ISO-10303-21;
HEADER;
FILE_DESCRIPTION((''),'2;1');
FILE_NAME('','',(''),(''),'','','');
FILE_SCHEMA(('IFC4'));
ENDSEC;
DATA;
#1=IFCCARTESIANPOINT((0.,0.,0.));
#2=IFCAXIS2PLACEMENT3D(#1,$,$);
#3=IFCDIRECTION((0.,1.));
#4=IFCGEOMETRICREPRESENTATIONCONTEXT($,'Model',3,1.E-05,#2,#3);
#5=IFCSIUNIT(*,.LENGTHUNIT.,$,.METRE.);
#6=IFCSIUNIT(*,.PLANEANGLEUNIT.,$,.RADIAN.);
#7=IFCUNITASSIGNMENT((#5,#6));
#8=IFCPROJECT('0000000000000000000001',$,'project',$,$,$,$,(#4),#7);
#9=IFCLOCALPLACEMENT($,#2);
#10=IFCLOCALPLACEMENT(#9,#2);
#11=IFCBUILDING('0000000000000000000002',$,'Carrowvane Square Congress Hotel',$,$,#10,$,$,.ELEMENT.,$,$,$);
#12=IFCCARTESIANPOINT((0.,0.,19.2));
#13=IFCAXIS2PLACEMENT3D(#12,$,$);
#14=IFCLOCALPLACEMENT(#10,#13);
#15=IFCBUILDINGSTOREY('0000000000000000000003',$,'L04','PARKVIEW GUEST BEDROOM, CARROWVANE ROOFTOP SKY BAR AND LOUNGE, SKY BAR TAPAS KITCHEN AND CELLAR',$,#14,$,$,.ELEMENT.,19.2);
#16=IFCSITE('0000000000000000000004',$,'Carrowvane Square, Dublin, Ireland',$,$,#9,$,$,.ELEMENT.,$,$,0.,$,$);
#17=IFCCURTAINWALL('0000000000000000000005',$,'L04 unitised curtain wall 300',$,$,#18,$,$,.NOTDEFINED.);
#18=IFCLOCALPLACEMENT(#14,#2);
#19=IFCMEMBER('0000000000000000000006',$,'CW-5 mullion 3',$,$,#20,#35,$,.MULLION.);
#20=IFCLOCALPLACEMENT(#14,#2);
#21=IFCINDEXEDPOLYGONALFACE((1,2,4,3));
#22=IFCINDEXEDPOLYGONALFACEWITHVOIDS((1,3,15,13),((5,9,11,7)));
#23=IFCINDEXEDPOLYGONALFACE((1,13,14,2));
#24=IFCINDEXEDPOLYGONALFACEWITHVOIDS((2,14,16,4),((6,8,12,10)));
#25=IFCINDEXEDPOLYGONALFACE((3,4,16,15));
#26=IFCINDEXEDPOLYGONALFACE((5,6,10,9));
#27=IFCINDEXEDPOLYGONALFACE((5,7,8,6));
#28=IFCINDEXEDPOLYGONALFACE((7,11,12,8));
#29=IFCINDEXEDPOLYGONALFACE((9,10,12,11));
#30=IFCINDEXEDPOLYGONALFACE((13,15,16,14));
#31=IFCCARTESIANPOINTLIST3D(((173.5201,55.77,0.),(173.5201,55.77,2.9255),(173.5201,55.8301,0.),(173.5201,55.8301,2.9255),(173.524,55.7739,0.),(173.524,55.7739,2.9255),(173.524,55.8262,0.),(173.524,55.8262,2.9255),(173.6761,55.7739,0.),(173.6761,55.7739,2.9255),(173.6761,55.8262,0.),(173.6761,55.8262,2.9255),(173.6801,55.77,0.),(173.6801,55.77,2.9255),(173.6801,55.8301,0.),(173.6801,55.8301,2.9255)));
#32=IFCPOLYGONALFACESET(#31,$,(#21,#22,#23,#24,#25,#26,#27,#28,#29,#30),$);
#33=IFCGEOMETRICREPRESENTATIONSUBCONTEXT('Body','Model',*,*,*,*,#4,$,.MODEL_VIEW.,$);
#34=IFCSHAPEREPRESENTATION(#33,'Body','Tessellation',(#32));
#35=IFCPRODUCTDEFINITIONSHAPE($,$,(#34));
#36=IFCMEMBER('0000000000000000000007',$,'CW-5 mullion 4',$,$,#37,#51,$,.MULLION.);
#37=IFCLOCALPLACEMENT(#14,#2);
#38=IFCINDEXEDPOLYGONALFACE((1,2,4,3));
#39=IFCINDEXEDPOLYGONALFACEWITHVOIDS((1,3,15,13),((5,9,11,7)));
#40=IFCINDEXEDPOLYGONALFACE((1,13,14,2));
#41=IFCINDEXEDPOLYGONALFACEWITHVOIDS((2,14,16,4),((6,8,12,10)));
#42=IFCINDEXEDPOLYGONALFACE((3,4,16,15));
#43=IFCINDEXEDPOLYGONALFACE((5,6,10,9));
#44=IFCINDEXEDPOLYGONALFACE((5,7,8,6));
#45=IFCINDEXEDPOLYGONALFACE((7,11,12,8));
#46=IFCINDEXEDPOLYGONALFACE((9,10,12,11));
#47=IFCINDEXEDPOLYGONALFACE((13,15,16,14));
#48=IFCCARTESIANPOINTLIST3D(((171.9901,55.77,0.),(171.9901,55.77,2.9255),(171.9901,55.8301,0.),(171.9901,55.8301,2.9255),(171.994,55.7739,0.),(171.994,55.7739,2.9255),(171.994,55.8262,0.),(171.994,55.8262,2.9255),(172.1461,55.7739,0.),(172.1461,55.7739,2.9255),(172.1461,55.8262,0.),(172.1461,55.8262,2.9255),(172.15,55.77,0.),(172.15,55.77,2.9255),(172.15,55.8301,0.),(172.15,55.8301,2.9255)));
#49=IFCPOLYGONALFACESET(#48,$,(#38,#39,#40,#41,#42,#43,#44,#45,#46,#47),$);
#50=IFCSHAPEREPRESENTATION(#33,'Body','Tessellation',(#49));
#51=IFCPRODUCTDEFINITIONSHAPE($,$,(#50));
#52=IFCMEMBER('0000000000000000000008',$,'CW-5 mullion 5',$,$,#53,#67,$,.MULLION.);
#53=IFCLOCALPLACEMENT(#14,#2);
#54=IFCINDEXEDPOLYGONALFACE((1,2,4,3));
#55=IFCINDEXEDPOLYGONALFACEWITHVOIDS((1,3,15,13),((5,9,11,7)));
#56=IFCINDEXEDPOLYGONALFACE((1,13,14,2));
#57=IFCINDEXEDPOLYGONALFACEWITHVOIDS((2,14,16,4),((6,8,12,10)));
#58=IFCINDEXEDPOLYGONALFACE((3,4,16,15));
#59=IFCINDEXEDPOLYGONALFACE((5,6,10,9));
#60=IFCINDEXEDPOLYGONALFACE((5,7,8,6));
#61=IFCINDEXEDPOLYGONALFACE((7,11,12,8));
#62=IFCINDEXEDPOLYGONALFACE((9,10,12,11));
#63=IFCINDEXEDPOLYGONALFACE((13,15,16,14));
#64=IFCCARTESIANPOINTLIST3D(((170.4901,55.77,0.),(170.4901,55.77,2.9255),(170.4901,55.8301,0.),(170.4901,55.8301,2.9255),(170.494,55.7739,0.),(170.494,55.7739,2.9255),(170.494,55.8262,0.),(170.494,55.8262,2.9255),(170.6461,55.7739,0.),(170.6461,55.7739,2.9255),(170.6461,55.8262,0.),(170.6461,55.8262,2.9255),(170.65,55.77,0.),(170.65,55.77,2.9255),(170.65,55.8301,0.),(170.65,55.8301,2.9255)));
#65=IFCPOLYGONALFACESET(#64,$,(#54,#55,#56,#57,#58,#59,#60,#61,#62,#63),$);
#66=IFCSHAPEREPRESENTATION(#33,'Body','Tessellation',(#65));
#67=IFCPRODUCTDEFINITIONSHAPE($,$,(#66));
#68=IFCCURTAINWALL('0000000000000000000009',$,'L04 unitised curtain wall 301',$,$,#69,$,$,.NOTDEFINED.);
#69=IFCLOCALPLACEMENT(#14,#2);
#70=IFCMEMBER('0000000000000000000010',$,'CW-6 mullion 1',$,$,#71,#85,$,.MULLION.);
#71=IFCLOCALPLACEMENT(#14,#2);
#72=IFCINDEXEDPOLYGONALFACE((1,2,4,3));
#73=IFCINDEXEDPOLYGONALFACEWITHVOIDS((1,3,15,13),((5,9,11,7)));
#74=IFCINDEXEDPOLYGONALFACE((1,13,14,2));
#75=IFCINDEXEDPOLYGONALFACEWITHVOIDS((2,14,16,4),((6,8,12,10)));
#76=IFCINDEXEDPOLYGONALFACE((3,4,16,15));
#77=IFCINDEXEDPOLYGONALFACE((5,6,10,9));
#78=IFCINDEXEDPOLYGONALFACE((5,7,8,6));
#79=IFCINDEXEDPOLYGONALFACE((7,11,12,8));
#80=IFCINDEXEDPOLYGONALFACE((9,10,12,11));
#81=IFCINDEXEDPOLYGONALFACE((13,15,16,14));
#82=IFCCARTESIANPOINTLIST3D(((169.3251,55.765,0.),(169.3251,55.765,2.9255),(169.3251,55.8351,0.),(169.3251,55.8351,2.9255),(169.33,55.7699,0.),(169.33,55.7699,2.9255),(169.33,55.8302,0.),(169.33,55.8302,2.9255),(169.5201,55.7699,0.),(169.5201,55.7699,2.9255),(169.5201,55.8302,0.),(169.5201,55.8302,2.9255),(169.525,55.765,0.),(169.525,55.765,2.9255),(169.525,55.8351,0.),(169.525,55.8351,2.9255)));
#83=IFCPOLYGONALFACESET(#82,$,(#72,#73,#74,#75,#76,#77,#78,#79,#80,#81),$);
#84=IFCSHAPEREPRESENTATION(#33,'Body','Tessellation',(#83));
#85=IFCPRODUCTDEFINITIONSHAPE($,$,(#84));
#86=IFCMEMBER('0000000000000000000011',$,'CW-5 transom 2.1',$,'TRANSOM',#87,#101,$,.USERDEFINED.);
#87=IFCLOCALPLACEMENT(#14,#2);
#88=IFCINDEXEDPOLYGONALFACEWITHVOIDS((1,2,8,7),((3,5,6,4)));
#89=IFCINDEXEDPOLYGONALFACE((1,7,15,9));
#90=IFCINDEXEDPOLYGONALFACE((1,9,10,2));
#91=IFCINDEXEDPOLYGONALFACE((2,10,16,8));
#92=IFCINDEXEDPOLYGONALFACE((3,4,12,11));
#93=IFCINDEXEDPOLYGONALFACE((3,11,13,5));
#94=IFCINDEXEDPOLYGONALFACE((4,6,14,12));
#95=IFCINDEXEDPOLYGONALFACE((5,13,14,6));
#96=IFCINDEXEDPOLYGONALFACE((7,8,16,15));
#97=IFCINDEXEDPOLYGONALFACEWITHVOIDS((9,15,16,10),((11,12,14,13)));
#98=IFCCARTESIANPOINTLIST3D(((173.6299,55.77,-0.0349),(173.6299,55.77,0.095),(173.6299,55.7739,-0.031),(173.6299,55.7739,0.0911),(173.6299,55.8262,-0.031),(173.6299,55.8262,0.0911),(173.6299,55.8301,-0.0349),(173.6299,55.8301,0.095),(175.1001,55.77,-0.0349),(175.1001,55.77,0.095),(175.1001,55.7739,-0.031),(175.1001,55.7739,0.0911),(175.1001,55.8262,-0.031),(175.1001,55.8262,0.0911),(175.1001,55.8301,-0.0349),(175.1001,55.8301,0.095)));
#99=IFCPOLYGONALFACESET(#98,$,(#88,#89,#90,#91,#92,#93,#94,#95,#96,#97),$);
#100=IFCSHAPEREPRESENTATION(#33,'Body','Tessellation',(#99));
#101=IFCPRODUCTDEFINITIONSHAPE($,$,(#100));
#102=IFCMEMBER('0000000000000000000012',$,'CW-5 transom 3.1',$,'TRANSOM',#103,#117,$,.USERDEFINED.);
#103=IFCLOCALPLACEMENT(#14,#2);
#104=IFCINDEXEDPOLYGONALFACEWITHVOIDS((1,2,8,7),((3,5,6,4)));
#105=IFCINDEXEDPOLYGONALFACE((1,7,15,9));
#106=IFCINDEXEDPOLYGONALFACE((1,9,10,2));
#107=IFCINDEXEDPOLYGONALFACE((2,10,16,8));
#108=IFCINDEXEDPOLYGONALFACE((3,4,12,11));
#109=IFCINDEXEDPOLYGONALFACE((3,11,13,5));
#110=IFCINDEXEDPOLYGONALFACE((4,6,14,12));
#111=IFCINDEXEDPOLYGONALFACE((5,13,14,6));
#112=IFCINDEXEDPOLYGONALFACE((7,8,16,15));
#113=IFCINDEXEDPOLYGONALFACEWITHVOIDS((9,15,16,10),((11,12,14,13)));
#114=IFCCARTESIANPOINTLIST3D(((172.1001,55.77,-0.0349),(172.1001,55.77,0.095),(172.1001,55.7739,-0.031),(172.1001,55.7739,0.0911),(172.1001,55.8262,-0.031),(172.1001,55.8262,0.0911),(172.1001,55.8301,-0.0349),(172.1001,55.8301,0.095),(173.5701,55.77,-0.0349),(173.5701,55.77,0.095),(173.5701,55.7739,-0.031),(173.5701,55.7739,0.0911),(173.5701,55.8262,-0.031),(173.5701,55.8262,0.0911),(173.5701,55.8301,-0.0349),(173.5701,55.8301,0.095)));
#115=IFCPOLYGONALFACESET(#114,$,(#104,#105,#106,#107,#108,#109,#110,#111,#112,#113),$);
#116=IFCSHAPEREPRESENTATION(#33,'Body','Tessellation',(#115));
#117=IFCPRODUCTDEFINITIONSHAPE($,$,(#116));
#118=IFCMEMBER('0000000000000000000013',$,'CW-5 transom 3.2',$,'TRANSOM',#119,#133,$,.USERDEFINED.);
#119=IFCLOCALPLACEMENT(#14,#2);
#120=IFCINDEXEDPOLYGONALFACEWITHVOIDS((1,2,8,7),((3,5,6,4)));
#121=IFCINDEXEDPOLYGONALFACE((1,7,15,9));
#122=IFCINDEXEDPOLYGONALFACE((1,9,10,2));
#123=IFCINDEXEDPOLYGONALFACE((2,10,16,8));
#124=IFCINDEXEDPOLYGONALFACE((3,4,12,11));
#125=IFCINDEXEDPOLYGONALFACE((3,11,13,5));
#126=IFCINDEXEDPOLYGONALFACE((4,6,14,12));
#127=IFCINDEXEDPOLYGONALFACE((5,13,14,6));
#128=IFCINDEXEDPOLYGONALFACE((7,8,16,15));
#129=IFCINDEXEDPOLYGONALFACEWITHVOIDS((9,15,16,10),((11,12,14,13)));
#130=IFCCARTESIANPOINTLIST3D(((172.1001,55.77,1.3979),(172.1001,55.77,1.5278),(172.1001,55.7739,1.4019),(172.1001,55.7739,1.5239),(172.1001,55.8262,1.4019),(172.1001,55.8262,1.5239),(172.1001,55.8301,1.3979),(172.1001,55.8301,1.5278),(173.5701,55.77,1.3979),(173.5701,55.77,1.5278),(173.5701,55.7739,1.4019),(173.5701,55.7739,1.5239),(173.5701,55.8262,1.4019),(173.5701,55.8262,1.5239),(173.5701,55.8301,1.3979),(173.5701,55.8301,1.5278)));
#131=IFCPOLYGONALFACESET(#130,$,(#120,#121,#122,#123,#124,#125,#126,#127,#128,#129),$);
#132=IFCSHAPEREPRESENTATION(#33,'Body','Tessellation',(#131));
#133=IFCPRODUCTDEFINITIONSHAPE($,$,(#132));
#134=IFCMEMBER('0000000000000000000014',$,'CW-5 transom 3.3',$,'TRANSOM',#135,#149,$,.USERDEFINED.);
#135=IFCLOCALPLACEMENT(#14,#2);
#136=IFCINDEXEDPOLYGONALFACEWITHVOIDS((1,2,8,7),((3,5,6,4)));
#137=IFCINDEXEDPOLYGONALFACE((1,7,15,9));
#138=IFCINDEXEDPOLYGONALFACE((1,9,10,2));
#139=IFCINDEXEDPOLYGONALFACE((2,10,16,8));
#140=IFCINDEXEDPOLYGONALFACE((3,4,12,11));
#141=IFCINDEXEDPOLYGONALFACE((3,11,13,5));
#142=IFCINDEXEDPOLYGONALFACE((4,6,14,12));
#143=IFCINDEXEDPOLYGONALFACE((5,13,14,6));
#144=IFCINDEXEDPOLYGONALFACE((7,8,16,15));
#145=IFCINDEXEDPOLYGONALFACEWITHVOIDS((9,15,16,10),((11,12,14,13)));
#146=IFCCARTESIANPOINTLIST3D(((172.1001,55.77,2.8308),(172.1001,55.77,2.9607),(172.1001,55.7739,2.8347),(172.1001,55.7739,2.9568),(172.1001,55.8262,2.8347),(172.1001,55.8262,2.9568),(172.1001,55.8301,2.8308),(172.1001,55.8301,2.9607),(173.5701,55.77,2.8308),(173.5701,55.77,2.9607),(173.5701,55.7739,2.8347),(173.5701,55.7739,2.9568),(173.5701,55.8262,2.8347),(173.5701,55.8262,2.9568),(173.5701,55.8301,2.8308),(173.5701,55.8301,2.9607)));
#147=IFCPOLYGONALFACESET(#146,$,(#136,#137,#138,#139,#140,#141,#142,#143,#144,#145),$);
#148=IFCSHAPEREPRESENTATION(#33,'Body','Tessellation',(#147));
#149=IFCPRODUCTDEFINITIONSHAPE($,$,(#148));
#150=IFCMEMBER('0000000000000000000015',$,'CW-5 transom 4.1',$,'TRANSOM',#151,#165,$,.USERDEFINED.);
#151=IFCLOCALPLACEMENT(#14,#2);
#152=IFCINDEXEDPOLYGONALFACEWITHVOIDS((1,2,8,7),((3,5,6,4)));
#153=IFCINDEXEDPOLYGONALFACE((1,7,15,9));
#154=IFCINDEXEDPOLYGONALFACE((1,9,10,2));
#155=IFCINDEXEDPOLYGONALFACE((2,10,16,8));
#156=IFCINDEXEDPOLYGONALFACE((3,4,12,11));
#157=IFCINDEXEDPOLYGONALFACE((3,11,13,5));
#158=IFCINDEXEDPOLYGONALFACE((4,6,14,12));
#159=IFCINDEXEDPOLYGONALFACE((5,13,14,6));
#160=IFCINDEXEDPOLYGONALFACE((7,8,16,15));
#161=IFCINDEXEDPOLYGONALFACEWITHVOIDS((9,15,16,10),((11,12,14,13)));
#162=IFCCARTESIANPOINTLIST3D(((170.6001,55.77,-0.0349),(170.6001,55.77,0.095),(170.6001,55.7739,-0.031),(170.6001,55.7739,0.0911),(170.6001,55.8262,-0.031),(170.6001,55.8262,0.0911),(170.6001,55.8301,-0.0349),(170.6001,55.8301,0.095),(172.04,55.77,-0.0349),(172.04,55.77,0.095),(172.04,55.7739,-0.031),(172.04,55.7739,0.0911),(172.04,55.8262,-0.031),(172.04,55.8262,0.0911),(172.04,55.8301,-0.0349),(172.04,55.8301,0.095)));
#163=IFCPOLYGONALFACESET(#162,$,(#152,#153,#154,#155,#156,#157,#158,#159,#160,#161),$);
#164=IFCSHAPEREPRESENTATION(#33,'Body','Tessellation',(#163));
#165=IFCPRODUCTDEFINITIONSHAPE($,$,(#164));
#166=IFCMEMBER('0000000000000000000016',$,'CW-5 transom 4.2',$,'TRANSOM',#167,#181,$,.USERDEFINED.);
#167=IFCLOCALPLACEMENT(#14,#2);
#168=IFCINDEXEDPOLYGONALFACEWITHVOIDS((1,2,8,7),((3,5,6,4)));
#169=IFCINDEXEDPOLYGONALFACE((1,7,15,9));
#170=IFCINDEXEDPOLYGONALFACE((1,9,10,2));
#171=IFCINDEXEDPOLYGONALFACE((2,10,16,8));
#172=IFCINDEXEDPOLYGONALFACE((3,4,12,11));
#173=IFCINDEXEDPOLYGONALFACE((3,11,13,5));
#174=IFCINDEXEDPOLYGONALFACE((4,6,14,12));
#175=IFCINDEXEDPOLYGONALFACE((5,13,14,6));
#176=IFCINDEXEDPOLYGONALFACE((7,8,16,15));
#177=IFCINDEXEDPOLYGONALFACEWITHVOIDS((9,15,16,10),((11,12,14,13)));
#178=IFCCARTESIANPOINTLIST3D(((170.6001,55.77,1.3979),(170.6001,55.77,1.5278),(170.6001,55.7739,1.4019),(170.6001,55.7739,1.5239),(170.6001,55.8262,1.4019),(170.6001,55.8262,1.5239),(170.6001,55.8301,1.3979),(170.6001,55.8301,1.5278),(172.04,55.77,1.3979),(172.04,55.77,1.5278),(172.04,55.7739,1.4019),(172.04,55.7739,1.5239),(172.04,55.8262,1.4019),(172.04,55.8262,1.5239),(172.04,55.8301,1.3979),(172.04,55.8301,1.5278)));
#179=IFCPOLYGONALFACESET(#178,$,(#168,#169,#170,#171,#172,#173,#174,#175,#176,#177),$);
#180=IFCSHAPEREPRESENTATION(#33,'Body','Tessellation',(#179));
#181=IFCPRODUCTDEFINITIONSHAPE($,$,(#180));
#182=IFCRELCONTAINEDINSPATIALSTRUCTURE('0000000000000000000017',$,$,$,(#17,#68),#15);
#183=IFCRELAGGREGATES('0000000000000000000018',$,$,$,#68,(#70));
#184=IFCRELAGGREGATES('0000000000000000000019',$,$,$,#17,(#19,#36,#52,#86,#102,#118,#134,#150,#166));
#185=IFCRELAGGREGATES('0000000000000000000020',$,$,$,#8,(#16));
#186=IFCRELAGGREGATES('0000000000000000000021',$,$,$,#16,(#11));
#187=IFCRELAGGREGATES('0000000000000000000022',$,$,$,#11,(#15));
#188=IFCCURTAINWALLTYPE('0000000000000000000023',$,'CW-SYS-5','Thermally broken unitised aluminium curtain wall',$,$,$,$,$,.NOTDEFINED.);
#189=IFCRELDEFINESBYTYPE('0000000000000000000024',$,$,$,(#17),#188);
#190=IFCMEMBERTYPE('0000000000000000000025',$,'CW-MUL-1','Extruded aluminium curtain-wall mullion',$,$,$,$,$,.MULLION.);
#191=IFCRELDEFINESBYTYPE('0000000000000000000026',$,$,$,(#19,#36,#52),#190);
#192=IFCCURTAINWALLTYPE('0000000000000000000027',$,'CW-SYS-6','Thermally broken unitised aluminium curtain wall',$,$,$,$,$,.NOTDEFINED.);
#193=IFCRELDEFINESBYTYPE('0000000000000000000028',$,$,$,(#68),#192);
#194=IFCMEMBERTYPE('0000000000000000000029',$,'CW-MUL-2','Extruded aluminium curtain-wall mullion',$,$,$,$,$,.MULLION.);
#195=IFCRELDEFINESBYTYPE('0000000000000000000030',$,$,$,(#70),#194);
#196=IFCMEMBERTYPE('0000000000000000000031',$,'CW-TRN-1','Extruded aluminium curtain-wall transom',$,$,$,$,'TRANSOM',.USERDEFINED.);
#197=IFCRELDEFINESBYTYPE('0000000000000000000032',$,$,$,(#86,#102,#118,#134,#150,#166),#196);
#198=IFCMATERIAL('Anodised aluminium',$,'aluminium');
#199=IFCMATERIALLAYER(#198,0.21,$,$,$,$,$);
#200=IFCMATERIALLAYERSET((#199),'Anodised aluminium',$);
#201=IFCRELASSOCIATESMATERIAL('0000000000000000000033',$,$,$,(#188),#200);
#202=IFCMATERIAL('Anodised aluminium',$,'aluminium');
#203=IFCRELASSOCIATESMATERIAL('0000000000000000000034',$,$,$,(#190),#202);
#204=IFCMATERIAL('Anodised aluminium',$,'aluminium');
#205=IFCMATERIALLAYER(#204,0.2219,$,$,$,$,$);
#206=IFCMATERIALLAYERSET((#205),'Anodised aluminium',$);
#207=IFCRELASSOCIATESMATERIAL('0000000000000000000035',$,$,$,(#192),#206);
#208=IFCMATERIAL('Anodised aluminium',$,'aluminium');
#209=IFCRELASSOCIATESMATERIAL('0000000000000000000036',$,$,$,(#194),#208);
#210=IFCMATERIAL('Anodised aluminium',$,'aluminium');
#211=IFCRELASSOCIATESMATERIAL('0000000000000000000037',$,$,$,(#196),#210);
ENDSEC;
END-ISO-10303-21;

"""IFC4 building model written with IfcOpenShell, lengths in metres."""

from ifc_helpers import new_model, si_unit, direction, frame, origin, origin_2d, place, context, subcontext, project, spatial, hollow_rectangle, extrude, material, layer, layer_set, material_profile, profile_set, type_object, element, aggregate, save


model = new_model("IFC4")

# Units and contexts
model_context = context("Model", 3, precision=1e-05, world=origin(), true_north=direction((0.0, 1.0)))
body_context = subcontext(model_context, "Body", "Model", "MODEL_VIEW")
ifc_project = project(units=[si_unit("LENGTHUNIT", "METRE"), si_unit("PLANEANGLEUNIT", "RADIAN")], contexts=[model_context])

# Site, building, storey
site_placement = place(None, origin())
site = spatial("IfcSite", under=ifc_project, at=site_placement, Name="Carrowvane Square, Dublin, Ireland", CompositionType="ELEMENT", RefElevation=0.0)
building_placement = place(site_placement, origin())
building = spatial("IfcBuilding", under=site, at=building_placement, Name="Carrowvane Square Congress Hotel", CompositionType="ELEMENT")
storey_placement = place(building_placement, frame((0.0, 0.0, 19.2)))
storey = spatial("IfcBuildingStorey", under=building, at=storey_placement, Name="L04", Description="PARKVIEW GUEST BEDROOM, CARROWVANE ROOFTOP SKY BAR AND LOUNGE, SKY BAR TAPAS KITCHEN AND CELLAR", CompositionType="ELEMENT", Elevation=19.2)

# Curtain wall, members
ifc_material_1 = material(Name="Anodised aluminium", Category="aluminium")
ifc_layer_1 = layer(ifc_material_1, 0.21)
ifc_layer_set_1 = layer_set([ifc_layer_1], Name="Anodised aluminium")
curtain_wall_type_1 = type_object("IfcCurtainWallType", Name="CW-SYS-5", Description="Thermally broken unitised aluminium curtain wall", PredefinedType="NOTDEFINED", material=ifc_layer_set_1)
curtain_wall_1_placement = place(storey_placement, origin())
curtain_wall_1 = element("IfcCurtainWall", 1, at=curtain_wall_1_placement, inside=storey, type_object=curtain_wall_type_1, Name="L04 unitised curtain wall 300", PredefinedType="NOTDEFINED")
ifc_material_2 = material(Name="Anodised aluminium", Category="aluminium")
ifc_material_profile_1 = material_profile(ifc_material_2, hollow_rectangle(XDim=0.0601, YDim=0.1599, WallThickness=0.0039, at=origin_2d()), Name="CW-ML 60x160x4")
ifc_profile_set_1 = profile_set([ifc_material_profile_1], Name="Anodised aluminium")
member_type_1 = type_object("IfcMemberType", Name="CW-MUL-1", Description="Extruded aluminium curtain-wall mullion", PredefinedType="MULLION", material=ifc_profile_set_1)
member_1_placement = place(storey_placement, frame((173.6001, 55.8, 0.0), z_axis=(0.0, 0.0, 1.0), x_axis=(0.0, -1.0, 0.0)))
member_1 = element("IfcMember", 2, at=member_1_placement, type_object=member_type_1, Name="CW-5 mullion 3", PredefinedType="MULLION", context=body_context, shape_type="SweptSolid", body=[
    extrude(hollow_rectangle(XDim=0.0601, YDim=0.1599, WallThickness=0.0039, at=origin_2d()), origin(), (0.0, 0.0, 1.0), 2.9255),
])
member_2_placement = place(storey_placement, frame((172.0701, 55.8, 0.0), z_axis=(0.0, 0.0, 1.0), x_axis=(0.0, -1.0, 0.0)))
member_2 = element("IfcMember", 3, at=member_2_placement, type_object=member_type_1, Name="CW-5 mullion 4", PredefinedType="MULLION", context=body_context, shape_type="SweptSolid", body=[
    extrude(hollow_rectangle(XDim=0.0601, YDim=0.1599, WallThickness=0.0039, at=origin_2d()), origin(), (0.0, 0.0, 1.0), 2.9255),
])
member_3_placement = place(storey_placement, frame((170.5701, 55.8, 0.0), z_axis=(0.0, 0.0, 1.0), x_axis=(0.0, -1.0, 0.0)))
member_3 = element("IfcMember", 4, at=member_3_placement, type_object=member_type_1, Name="CW-5 mullion 5", PredefinedType="MULLION", context=body_context, shape_type="SweptSolid", body=[
    extrude(hollow_rectangle(XDim=0.0601, YDim=0.1599, WallThickness=0.0039, at=origin_2d()), origin(), (0.0, 0.0, 1.0), 2.9255),
])

# Curtain wall, member
ifc_material_3 = material(Name="Anodised aluminium", Category="aluminium")
ifc_layer_2 = layer(ifc_material_3, 0.2219)
ifc_layer_set_2 = layer_set([ifc_layer_2], Name="Anodised aluminium")
curtain_wall_type_2 = type_object("IfcCurtainWallType", Name="CW-SYS-6", Description="Thermally broken unitised aluminium curtain wall", PredefinedType="NOTDEFINED", material=ifc_layer_set_2)
curtain_wall_2_placement = place(storey_placement, origin())
curtain_wall_2 = element("IfcCurtainWall", 5, at=curtain_wall_2_placement, inside=storey, type_object=curtain_wall_type_2, Name="L04 unitised curtain wall 301", PredefinedType="NOTDEFINED")
ifc_material_4 = material(Name="Anodised aluminium", Category="aluminium")
ifc_material_profile_2 = material_profile(ifc_material_4, hollow_rectangle(XDim=0.0701, YDim=0.2, WallThickness=0.0049, at=origin_2d()), Name="CW-ML 70x200x5")
ifc_profile_set_2 = profile_set([ifc_material_profile_2], Name="Anodised aluminium")
member_type_2 = type_object("IfcMemberType", Name="CW-MUL-2", Description="Extruded aluminium curtain-wall mullion", PredefinedType="MULLION", material=ifc_profile_set_2)
member_4_placement = place(storey_placement, frame((169.425, 55.8, 0.0), z_axis=(0.0, 0.0, 1.0), x_axis=(0.0, -1.0, 0.0)))
member_4 = element("IfcMember", 6, at=member_4_placement, type_object=member_type_2, Name="CW-6 mullion 1", PredefinedType="MULLION", context=body_context, shape_type="SweptSolid", body=[
    extrude(hollow_rectangle(XDim=0.0701, YDim=0.2, WallThickness=0.0049, at=origin_2d()), origin(), (0.0, 0.0, 1.0), 2.9255),
])

# Members
ifc_material_5 = material(Name="Anodised aluminium", Category="aluminium")
ifc_material_profile_3 = material_profile(ifc_material_5, hollow_rectangle(XDim=0.0601, YDim=0.1299, WallThickness=0.0039, at=origin_2d()), Name="CW-TR 60x130x4")
ifc_profile_set_3 = profile_set([ifc_material_profile_3], Name="Anodised aluminium")
member_type_3 = type_object("IfcMemberType", Name="CW-TRN-1", Description="Extruded aluminium curtain-wall transom", ElementType="TRANSOM", PredefinedType="USERDEFINED", material=ifc_profile_set_3)
member_5_placement = place(storey_placement, frame((175.1001, 55.8, 0.03), z_axis=(-1.0, 0.0, 0.0), x_axis=(0.0, -1.0, 0.0)))
member_5 = element("IfcMember", 7, at=member_5_placement, type_object=member_type_3, Name="CW-5 transom 2.1", ObjectType="TRANSOM", PredefinedType="USERDEFINED", context=body_context, shape_type="SweptSolid", body=[
    extrude(hollow_rectangle(XDim=0.0601, YDim=0.1299, WallThickness=0.0039, at=origin_2d()), origin(), (0.0, 0.0, 1.0), 1.4702),
])
member_6_placement = place(storey_placement, frame((173.5701, 55.8, 0.03), z_axis=(-1.0, 0.0, 0.0), x_axis=(0.0, -1.0, 0.0)))
member_6 = element("IfcMember", 8, at=member_6_placement, type_object=member_type_3, Name="CW-5 transom 3.1", ObjectType="TRANSOM", PredefinedType="USERDEFINED", context=body_context, shape_type="SweptSolid", body=[
    extrude(hollow_rectangle(XDim=0.0601, YDim=0.1299, WallThickness=0.0039, at=origin_2d()), origin(), (0.0, 0.0, 1.0), 1.47),
])
member_7_placement = place(storey_placement, frame((173.5701, 55.8, 1.4629), z_axis=(-1.0, 0.0, 0.0), x_axis=(0.0, -1.0, 0.0)))
member_7 = element("IfcMember", 9, at=member_7_placement, type_object=member_type_3, Name="CW-5 transom 3.2", ObjectType="TRANSOM", PredefinedType="USERDEFINED", context=body_context, shape_type="SweptSolid", body=[
    extrude(hollow_rectangle(XDim=0.0601, YDim=0.1299, WallThickness=0.0039, at=origin_2d()), origin(), (0.0, 0.0, 1.0), 1.47),
])
member_8_placement = place(storey_placement, frame((173.5701, 55.8, 2.8958), z_axis=(-1.0, 0.0, 0.0), x_axis=(0.0, -1.0, 0.0)))
member_8 = element("IfcMember", 10, at=member_8_placement, type_object=member_type_3, Name="CW-5 transom 3.3", ObjectType="TRANSOM", PredefinedType="USERDEFINED", context=body_context, shape_type="SweptSolid", body=[
    extrude(hollow_rectangle(XDim=0.0601, YDim=0.1299, WallThickness=0.0039, at=origin_2d()), origin(), (0.0, 0.0, 1.0), 1.47),
])
member_9_placement = place(storey_placement, frame((172.04, 55.8, 0.03), z_axis=(-1.0, 0.0, 0.0), x_axis=(0.0, -1.0, 0.0)))
member_9 = element("IfcMember", 11, at=member_9_placement, type_object=member_type_3, Name="CW-5 transom 4.1", ObjectType="TRANSOM", PredefinedType="USERDEFINED", context=body_context, shape_type="SweptSolid", body=[
    extrude(hollow_rectangle(XDim=0.0601, YDim=0.1299, WallThickness=0.0039, at=origin_2d()), origin(), (0.0, 0.0, 1.0), 1.4399),
])
member_10_placement = place(storey_placement, frame((172.04, 55.8, 1.4629), z_axis=(-1.0, 0.0, 0.0), x_axis=(0.0, -1.0, 0.0)))
member_10 = element("IfcMember", 12, at=member_10_placement, type_object=member_type_3, Name="CW-5 transom 4.2", ObjectType="TRANSOM", PredefinedType="USERDEFINED", context=body_context, shape_type="SweptSolid", body=[
    extrude(hollow_rectangle(XDim=0.0601, YDim=0.1299, WallThickness=0.0039, at=origin_2d()), origin(), (0.0, 0.0, 1.0), 1.4399),
])
aggregate(curtain_wall_2, [member_4])

aggregate(curtain_wall_1, [member_1, member_2, member_3, member_5, member_6, member_7, member_8, member_9, member_10])

save(model, "model.ifc")
